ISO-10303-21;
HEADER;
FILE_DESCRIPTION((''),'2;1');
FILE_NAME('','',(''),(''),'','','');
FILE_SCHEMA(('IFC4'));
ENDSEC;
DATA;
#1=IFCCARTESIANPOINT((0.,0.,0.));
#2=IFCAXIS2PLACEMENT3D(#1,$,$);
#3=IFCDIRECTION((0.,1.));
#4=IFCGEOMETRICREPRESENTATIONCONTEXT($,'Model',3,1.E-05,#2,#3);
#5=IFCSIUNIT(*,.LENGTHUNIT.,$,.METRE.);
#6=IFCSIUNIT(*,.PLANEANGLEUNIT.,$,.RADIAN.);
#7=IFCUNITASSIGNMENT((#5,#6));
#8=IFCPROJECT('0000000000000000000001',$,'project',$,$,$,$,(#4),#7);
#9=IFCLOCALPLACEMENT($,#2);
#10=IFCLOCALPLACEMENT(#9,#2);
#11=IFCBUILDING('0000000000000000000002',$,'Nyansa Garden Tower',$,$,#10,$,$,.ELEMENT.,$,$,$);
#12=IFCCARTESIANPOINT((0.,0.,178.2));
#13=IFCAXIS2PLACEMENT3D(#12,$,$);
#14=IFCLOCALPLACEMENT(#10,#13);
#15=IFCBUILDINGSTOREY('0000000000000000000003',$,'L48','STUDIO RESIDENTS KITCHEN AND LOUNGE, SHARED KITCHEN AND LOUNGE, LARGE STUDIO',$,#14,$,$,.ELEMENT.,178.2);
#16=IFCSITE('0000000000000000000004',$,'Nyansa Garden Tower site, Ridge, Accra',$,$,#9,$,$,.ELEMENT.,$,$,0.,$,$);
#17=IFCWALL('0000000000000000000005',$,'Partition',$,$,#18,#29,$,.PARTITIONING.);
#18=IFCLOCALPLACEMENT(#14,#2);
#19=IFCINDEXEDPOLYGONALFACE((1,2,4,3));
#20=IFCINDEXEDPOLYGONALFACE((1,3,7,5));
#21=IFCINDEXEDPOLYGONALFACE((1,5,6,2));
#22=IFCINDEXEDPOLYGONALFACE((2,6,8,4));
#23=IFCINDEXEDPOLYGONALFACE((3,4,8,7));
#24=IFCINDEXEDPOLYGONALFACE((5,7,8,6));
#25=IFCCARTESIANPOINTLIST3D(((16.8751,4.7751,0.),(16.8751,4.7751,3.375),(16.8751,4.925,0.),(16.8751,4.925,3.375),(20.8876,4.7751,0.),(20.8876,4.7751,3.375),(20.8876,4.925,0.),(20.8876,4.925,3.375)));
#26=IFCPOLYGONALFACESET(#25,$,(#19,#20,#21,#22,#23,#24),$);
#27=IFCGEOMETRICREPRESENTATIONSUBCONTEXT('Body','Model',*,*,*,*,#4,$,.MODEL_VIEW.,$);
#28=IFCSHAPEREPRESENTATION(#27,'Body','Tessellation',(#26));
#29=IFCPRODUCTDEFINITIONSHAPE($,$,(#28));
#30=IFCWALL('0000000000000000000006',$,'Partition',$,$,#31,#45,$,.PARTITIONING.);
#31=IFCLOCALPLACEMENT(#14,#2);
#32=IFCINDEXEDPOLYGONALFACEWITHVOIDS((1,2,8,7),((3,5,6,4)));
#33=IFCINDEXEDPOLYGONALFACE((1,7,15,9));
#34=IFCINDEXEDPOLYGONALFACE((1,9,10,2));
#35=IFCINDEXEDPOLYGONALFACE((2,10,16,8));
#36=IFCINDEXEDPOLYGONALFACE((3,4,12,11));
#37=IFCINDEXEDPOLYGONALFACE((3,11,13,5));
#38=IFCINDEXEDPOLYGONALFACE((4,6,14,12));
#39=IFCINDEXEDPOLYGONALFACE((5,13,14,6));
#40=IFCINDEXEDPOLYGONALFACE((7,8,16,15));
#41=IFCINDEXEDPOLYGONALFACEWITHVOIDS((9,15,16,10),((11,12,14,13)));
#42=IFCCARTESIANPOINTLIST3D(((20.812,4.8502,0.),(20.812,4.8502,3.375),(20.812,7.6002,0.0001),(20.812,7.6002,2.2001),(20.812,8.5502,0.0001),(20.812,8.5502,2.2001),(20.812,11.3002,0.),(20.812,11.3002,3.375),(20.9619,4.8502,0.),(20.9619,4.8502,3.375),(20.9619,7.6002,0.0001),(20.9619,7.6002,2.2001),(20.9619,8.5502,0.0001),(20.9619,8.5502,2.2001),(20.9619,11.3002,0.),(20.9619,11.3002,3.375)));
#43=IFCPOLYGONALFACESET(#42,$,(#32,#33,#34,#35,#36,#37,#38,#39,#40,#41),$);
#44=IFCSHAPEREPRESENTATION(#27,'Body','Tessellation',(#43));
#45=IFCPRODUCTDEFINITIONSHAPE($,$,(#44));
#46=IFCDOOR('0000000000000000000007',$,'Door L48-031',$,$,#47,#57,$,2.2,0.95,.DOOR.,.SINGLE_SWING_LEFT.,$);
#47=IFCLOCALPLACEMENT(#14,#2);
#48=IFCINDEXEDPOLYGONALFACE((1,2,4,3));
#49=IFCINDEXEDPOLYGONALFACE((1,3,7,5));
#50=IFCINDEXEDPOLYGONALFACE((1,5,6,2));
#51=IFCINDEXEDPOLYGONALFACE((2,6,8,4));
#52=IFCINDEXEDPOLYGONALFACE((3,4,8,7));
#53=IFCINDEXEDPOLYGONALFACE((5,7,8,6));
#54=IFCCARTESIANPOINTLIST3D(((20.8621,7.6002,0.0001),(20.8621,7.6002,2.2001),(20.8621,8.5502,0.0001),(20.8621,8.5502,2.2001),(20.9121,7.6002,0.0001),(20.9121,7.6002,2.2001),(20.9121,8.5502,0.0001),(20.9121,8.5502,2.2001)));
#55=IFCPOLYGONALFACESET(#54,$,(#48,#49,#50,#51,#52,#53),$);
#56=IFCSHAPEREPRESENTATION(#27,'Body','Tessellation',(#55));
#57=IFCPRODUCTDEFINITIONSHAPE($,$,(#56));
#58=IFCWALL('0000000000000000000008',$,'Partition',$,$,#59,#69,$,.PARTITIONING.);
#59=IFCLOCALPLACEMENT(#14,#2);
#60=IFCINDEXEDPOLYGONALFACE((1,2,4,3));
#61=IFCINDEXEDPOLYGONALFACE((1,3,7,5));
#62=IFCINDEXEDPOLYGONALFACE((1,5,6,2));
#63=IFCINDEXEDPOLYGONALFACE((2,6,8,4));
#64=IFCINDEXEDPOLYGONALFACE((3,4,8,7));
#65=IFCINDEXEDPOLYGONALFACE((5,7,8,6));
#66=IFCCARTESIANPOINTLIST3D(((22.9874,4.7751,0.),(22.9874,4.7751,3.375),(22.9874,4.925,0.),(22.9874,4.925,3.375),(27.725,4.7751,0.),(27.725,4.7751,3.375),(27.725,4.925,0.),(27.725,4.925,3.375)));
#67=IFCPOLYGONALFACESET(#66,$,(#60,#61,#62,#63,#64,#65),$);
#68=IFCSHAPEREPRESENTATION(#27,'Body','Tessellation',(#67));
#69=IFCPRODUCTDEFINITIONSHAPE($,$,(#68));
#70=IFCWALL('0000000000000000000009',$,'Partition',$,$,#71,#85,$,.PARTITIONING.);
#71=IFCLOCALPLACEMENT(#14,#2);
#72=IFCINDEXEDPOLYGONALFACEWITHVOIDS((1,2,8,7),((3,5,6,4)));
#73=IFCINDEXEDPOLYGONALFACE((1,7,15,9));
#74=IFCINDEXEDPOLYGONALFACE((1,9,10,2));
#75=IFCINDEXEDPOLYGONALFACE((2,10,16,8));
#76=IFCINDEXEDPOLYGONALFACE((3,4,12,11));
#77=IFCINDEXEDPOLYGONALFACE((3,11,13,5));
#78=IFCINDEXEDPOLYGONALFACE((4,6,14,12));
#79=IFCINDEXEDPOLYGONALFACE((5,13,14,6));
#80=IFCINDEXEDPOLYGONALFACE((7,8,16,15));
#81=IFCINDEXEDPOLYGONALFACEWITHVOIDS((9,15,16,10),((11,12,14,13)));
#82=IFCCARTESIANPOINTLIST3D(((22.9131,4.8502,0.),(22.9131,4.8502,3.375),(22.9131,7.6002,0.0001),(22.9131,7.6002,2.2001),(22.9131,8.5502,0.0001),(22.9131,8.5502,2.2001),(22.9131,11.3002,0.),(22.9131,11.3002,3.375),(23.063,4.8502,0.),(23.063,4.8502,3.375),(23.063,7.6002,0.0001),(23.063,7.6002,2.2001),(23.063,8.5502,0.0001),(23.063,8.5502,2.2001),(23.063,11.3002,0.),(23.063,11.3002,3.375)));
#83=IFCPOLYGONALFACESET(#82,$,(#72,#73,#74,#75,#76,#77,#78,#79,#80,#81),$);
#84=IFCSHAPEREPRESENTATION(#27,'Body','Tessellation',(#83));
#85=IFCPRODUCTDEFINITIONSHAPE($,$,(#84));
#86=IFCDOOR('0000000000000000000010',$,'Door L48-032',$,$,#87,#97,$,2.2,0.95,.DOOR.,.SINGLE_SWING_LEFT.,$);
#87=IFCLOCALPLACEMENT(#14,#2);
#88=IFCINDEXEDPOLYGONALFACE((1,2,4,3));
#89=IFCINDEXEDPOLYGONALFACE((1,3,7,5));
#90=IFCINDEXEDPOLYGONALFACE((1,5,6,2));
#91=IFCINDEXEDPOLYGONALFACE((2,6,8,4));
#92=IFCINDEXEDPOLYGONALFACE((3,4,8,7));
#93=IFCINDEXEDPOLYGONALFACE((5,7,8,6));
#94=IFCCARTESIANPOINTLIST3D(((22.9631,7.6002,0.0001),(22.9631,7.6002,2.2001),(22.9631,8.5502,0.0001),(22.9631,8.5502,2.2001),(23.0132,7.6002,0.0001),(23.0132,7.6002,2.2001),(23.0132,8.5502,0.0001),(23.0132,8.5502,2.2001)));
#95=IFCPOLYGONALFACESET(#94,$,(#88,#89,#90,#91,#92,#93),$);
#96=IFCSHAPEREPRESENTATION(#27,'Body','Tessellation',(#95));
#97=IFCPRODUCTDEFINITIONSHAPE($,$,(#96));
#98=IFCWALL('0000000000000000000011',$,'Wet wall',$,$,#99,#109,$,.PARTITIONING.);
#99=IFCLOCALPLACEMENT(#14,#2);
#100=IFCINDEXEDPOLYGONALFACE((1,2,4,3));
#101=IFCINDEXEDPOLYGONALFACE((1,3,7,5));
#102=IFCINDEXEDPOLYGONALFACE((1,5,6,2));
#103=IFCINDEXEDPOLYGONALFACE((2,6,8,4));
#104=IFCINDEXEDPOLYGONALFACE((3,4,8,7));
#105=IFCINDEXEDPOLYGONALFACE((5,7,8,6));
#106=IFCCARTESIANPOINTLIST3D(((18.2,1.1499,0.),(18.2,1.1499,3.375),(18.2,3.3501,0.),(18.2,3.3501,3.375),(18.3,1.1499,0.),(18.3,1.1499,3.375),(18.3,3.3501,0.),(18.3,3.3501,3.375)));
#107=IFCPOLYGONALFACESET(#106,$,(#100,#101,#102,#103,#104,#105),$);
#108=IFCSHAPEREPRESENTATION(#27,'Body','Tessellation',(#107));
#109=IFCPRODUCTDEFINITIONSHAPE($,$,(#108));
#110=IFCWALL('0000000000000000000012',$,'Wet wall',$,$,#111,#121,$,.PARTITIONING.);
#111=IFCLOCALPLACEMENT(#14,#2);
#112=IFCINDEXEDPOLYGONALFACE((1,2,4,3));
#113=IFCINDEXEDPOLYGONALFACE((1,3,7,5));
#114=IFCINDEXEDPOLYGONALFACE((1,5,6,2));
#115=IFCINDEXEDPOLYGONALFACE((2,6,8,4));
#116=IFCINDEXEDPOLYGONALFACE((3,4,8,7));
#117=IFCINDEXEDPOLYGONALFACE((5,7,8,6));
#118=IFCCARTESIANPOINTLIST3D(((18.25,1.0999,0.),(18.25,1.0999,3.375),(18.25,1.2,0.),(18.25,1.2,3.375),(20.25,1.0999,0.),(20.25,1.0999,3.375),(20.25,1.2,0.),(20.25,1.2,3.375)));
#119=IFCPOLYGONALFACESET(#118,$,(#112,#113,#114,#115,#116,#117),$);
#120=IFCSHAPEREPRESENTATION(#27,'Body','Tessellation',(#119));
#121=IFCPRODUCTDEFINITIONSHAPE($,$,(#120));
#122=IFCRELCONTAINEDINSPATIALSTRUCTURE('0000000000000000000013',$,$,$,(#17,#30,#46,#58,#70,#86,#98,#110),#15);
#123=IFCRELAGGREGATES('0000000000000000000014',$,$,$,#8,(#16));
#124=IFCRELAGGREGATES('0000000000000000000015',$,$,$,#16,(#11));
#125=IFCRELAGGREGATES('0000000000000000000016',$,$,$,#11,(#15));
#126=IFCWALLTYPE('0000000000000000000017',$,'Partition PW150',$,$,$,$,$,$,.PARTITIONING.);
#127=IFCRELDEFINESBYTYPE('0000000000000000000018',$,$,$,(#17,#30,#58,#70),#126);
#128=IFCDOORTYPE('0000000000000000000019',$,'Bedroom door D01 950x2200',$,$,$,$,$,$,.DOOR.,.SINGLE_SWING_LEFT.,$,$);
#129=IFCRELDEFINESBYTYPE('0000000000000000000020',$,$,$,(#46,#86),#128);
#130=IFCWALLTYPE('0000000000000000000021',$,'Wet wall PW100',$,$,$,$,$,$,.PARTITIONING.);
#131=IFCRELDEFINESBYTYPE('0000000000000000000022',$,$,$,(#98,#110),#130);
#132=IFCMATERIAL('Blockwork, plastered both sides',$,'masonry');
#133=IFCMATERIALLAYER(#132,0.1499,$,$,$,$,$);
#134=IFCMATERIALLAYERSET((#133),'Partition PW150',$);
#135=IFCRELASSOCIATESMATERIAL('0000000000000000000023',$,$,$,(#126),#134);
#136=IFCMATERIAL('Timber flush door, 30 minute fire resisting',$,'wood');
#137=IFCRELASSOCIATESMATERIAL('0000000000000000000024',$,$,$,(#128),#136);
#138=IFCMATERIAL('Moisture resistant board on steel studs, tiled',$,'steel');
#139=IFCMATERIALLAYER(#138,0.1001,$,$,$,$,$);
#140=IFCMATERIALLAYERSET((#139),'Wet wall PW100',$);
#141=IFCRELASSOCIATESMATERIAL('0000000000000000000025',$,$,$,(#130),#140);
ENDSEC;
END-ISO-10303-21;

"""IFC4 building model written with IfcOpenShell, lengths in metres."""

from ifc_helpers import new_model, si_unit, direction, frame, frame_2d, origin, place, context, subcontext, project, spatial, rectangle, extrude, material, layer, layer_set, type_object, element, fill, save


model = new_model("IFC4")

# Units and contexts
model_context = context("Model", 3, precision=1e-05, world=origin(), true_north=direction((0.0, 1.0)))
body_context = subcontext(model_context, "Body", "Model", "MODEL_VIEW")
ifc_project = project(units=[si_unit("LENGTHUNIT", "METRE"), si_unit("PLANEANGLEUNIT", "RADIAN")], contexts=[model_context])

# Site, building, storey
site_placement = place(None, origin())
site = spatial("IfcSite", under=ifc_project, at=site_placement, Name="Nyansa Garden Tower site, Ridge, Accra", CompositionType="ELEMENT", RefElevation=0.0)
building_placement = place(site_placement, origin())
building = spatial("IfcBuilding", under=site, at=building_placement, Name="Nyansa Garden Tower", CompositionType="ELEMENT")
storey_placement = place(building_placement, frame((0.0, 0.0, 178.2)))
storey = spatial("IfcBuildingStorey", under=building, at=storey_placement, Name="L48", Description="STUDIO RESIDENTS KITCHEN AND LOUNGE, SHARED KITCHEN AND LOUNGE, LARGE STUDIO", CompositionType="ELEMENT", Elevation=178.2)

# Wall
ifc_material_1 = material(Name="Blockwork, plastered both sides", Category="masonry")
ifc_layer_1 = layer(ifc_material_1, 0.1499)
ifc_layer_set_1 = layer_set([ifc_layer_1], Name="Partition PW150")
wall_type_1 = type_object("IfcWallType", Name="Partition PW150", PredefinedType="PARTITIONING", material=ifc_layer_set_1)
wall_1_placement = place(storey_placement, frame((16.875, 4.8501, 0.0), z_axis=(0.0, 0.0, 1.0), x_axis=(1.0, 0.0, 0.0)))
element("IfcWall", 1, at=wall_1_placement, inside=storey, type_object=wall_type_1, Name="Partition", PredefinedType="PARTITIONING", context=body_context, shape_type="SweptSolid", body=[
    extrude(rectangle(XDim=4.0125, YDim=0.1499, at=frame_2d((2.0063, 0.0))), origin(), (0.0, 0.0, 1.0), 3.375),
])

# Wall, opening, door
wall_2_placement = place(storey_placement, frame((20.887, 4.8501, 0.0), z_axis=(0.0, 0.0, 1.0), x_axis=(0.0, 1.0, 0.0)))
wall_2 = element("IfcWall", 2, at=wall_2_placement, inside=storey, type_object=wall_type_1, Name="Partition", PredefinedType="PARTITIONING", context=body_context, shape_type="SweptSolid", body=[
    extrude(rectangle(XDim=6.45, YDim=0.1499, at=frame_2d((3.2251, 0.0))), origin(), (0.0, 0.0, 1.0), 3.375),
])
opening_1_placement = place(wall_2_placement, frame((2.75, 0.0, 0.0)))
opening_1 = element("IfcOpeningElement", 3, at=opening_1_placement, cuts=wall_2, PredefinedType="OPENING", context=body_context, shape_type="SweptSolid", body=[
    extrude(rectangle(XDim=0.95, YDim=2.2, at=frame_2d((0.4751, 1.1001))), frame((0.0, 0.085, 0.0), z_axis=(0.0, -1.0, 0.0), x_axis=(1.0, 0.0, 0.0)), (0.0, 0.0, 1.0), 0.1699),
])
ifc_material_2 = material(Name="Timber flush door, 30 minute fire resisting", Category="wood")
door_type_1 = type_object("IfcDoorType", Name="Bedroom door D01 950x2200", OperationType="SINGLE_SWING_LEFT", PredefinedType="DOOR", material=ifc_material_2)
door_1_placement = place(opening_1_placement, origin())
door_1 = element("IfcDoor", 4, at=door_1_placement, inside=storey, type_object=door_type_1, Name="Door L48-031", OperationType="SINGLE_SWING_LEFT", OverallHeight=2.2, OverallWidth=0.95, PredefinedType="DOOR", context=body_context, shape_type="SweptSolid", body=[
    extrude(rectangle(XDim=0.95, YDim=2.2, at=frame_2d((0.4751, 1.1001))), frame((0.0, 0.0249, 0.0), z_axis=(0.0, -1.0, 0.0), x_axis=(1.0, 0.0, 0.0)), (0.0, 0.0, 1.0), 0.05),
])
fill(opening_1, door_1)

# Wall
wall_3_placement = place(storey_placement, frame((22.9875, 4.8501, 0.0), z_axis=(0.0, 0.0, 1.0), x_axis=(1.0, 0.0, 0.0)))
element("IfcWall", 5, at=wall_3_placement, inside=storey, type_object=wall_type_1, Name="Partition", PredefinedType="PARTITIONING", context=body_context, shape_type="SweptSolid", body=[
    extrude(rectangle(XDim=4.7375, YDim=0.1499, at=frame_2d((2.3687, 0.0))), origin(), (0.0, 0.0, 1.0), 3.375),
])

# Wall, opening, door
wall_4_placement = place(storey_placement, frame((22.988, 4.8501, 0.0), z_axis=(0.0, 0.0, 1.0), x_axis=(0.0, 1.0, 0.0)))
wall_4 = element("IfcWall", 6, at=wall_4_placement, inside=storey, type_object=wall_type_1, Name="Partition", PredefinedType="PARTITIONING", context=body_context, shape_type="SweptSolid", body=[
    extrude(rectangle(XDim=6.45, YDim=0.1499, at=frame_2d((3.2251, 0.0))), origin(), (0.0, 0.0, 1.0), 3.375),
])
opening_2_placement = place(wall_4_placement, frame((2.75, 0.0, 0.0)))
opening_2 = element("IfcOpeningElement", 7, at=opening_2_placement, cuts=wall_4, PredefinedType="OPENING", context=body_context, shape_type="SweptSolid", body=[
    extrude(rectangle(XDim=0.95, YDim=2.2, at=frame_2d((0.4751, 1.1001))), frame((0.0, 0.085, 0.0), z_axis=(0.0, -1.0, 0.0), x_axis=(1.0, 0.0, 0.0)), (0.0, 0.0, 1.0), 0.1699),
])
door_2_placement = place(opening_2_placement, origin())
door_2 = element("IfcDoor", 8, at=door_2_placement, inside=storey, type_object=door_type_1, Name="Door L48-032", OperationType="SINGLE_SWING_LEFT", OverallHeight=2.2, OverallWidth=0.95, PredefinedType="DOOR", context=body_context, shape_type="SweptSolid", body=[
    extrude(rectangle(XDim=0.95, YDim=2.2, at=frame_2d((0.4751, 1.1001))), frame((0.0, 0.0249, 0.0), z_axis=(0.0, -1.0, 0.0), x_axis=(1.0, 0.0, 0.0)), (0.0, 0.0, 1.0), 0.05),
])
fill(opening_2, door_2)

# Walls
ifc_material_3 = material(Name="Moisture resistant board on steel studs, tiled", Category="steel")
ifc_layer_2 = layer(ifc_material_3, 0.1001)
ifc_layer_set_2 = layer_set([ifc_layer_2], Name="Wet wall PW100")
wall_type_2 = type_object("IfcWallType", Name="Wet wall PW100", PredefinedType="PARTITIONING", material=ifc_layer_set_2)
wall_5_placement = place(storey_placement, frame((18.25, 1.1499, 0.0), z_axis=(0.0, 0.0, 1.0), x_axis=(0.0, 1.0, 0.0)))
element("IfcWall", 9, at=wall_5_placement, inside=storey, type_object=wall_type_2, Name="Wet wall", PredefinedType="PARTITIONING", context=body_context, shape_type="SweptSolid", body=[
    extrude(rectangle(XDim=2.2002, YDim=0.1001, at=frame_2d((1.1001, 0.0))), origin(), (0.0, 0.0, 1.0), 3.375),
])
wall_6_placement = place(storey_placement, frame((18.25, 1.1499, 0.0), z_axis=(0.0, 0.0, 1.0), x_axis=(1.0, 0.0, 0.0)))
element("IfcWall", 10, at=wall_6_placement, inside=storey, type_object=wall_type_2, Name="Wet wall", PredefinedType="PARTITIONING", context=body_context, shape_type="SweptSolid", body=[
    extrude(rectangle(XDim=2.0, YDim=0.1001, at=frame_2d((1.0, 0.0))), origin(), (0.0, 0.0, 1.0), 3.375),
])

save(model, "model.ifc")
